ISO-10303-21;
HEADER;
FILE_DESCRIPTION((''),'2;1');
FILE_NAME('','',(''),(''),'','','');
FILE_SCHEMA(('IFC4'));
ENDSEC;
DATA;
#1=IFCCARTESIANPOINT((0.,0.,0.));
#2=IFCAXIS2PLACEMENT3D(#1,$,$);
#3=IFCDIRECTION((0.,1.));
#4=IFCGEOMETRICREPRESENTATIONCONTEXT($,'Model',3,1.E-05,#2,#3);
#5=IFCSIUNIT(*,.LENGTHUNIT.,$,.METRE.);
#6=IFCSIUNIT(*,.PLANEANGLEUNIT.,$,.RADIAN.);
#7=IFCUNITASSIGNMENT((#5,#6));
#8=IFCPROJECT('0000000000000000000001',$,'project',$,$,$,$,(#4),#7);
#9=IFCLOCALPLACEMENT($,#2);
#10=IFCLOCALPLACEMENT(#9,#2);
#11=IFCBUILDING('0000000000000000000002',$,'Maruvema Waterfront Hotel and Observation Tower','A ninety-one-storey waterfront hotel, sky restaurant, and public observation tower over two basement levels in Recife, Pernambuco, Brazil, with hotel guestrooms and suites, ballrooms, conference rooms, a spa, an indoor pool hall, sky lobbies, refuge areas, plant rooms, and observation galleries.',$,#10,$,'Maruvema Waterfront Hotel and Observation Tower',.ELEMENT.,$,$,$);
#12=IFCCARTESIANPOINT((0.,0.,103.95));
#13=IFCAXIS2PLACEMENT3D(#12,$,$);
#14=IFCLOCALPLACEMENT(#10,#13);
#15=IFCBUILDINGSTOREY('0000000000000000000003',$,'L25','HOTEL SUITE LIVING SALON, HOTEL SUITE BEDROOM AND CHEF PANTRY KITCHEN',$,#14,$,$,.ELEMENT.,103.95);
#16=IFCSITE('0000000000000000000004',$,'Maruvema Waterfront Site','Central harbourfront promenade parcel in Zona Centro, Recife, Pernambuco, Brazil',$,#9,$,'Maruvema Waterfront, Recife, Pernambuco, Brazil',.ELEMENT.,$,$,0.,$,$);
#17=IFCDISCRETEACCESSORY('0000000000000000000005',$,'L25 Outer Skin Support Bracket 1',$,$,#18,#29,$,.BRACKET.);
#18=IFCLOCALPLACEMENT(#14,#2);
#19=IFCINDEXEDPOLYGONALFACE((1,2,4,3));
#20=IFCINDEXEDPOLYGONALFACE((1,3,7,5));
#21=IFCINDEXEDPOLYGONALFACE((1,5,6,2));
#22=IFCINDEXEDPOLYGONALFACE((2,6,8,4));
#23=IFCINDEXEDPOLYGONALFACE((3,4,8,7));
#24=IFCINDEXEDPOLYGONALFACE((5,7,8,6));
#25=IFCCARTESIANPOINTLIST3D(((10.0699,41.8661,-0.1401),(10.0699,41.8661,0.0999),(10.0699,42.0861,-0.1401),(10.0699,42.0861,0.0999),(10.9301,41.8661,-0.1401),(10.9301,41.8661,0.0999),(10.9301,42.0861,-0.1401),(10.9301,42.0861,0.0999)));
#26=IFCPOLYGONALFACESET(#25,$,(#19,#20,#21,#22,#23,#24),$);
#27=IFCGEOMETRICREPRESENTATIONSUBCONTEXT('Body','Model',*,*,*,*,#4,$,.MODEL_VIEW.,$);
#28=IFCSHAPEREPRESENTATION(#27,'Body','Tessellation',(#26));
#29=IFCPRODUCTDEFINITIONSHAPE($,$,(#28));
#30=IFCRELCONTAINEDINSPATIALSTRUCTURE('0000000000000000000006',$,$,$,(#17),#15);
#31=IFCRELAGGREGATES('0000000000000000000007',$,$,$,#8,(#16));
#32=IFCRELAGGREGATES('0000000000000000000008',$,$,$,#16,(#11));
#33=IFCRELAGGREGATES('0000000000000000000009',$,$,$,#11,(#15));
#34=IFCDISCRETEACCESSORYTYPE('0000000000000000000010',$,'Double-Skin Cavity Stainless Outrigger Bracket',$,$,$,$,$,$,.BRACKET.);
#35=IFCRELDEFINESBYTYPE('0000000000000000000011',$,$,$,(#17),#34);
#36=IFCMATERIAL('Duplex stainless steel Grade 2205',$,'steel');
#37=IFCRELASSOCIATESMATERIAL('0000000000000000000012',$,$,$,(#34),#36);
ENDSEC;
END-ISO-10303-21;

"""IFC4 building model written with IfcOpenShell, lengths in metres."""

from ifc_helpers import new_model, si_unit, direction, frame, origin, origin_2d, place, context, subcontext, project, spatial, rectangle, extrude, material, type_object, element, save


model = new_model("IFC4")

# Units and contexts
model_context = context("Model", 3, precision=1e-05, world=origin(), true_north=direction((0.0, 1.0)))
body_context = subcontext(model_context, "Body", "Model", "MODEL_VIEW")
ifc_project = project(units=[si_unit("LENGTHUNIT", "METRE"), si_unit("PLANEANGLEUNIT", "RADIAN")], contexts=[model_context])

# Site, building, storey
site_placement = place(None, origin())
site = spatial("IfcSite", under=ifc_project, at=site_placement, Name="Maruvema Waterfront Site", Description="Central harbourfront promenade parcel in Zona Centro, Recife, Pernambuco, Brazil", LongName="Maruvema Waterfront, Recife, Pernambuco, Brazil", CompositionType="ELEMENT", RefElevation=0.0)
building_placement = place(site_placement, origin())
building = spatial("IfcBuilding", under=site, at=building_placement, Name="Maruvema Waterfront Hotel and Observation Tower", Description="A ninety-one-storey waterfront hotel, sky restaurant, and public observation tower over two basement levels in Recife, Pernambuco, Brazil, with hotel guestrooms and suites, ballrooms, conference rooms, a spa, an indoor pool hall, sky lobbies, refuge areas, plant rooms, and observation galleries.", LongName="Maruvema Waterfront Hotel and Observation Tower", CompositionType="ELEMENT")
storey_placement = place(building_placement, frame((0.0, 0.0, 103.95)))
storey = spatial("IfcBuildingStorey", under=building, at=storey_placement, Name="L25", Description="HOTEL SUITE LIVING SALON, HOTEL SUITE BEDROOM AND CHEF PANTRY KITCHEN", CompositionType="ELEMENT", Elevation=103.95)

# Discrete accessory
ifc_material_1 = material(Name="Duplex stainless steel Grade 2205", Category="steel")
discrete_accessory_type = type_object("IfcDiscreteAccessoryType", Name="Double-Skin Cavity Stainless Outrigger Bracket", PredefinedType="BRACKET", material=ifc_material_1)
discrete_accessory_placement = place(storey_placement, frame((10.5, 41.9761, -0.1401), z_axis=(0.0, 0.0, 1.0), x_axis=(0.0, -1.0, 0.0)))
element("IfcDiscreteAccessory", 1, at=discrete_accessory_placement, inside=storey, type_object=discrete_accessory_type, Name="L25 Outer Skin Support Bracket 1", PredefinedType="BRACKET", context=body_context, shape_type="SweptSolid", body=[
    extrude(rectangle(XDim=0.22, YDim=0.8601, at=origin_2d()), origin(), (0.0, 0.0, 1.0), 0.24),
])

save(model, "model.ifc")
